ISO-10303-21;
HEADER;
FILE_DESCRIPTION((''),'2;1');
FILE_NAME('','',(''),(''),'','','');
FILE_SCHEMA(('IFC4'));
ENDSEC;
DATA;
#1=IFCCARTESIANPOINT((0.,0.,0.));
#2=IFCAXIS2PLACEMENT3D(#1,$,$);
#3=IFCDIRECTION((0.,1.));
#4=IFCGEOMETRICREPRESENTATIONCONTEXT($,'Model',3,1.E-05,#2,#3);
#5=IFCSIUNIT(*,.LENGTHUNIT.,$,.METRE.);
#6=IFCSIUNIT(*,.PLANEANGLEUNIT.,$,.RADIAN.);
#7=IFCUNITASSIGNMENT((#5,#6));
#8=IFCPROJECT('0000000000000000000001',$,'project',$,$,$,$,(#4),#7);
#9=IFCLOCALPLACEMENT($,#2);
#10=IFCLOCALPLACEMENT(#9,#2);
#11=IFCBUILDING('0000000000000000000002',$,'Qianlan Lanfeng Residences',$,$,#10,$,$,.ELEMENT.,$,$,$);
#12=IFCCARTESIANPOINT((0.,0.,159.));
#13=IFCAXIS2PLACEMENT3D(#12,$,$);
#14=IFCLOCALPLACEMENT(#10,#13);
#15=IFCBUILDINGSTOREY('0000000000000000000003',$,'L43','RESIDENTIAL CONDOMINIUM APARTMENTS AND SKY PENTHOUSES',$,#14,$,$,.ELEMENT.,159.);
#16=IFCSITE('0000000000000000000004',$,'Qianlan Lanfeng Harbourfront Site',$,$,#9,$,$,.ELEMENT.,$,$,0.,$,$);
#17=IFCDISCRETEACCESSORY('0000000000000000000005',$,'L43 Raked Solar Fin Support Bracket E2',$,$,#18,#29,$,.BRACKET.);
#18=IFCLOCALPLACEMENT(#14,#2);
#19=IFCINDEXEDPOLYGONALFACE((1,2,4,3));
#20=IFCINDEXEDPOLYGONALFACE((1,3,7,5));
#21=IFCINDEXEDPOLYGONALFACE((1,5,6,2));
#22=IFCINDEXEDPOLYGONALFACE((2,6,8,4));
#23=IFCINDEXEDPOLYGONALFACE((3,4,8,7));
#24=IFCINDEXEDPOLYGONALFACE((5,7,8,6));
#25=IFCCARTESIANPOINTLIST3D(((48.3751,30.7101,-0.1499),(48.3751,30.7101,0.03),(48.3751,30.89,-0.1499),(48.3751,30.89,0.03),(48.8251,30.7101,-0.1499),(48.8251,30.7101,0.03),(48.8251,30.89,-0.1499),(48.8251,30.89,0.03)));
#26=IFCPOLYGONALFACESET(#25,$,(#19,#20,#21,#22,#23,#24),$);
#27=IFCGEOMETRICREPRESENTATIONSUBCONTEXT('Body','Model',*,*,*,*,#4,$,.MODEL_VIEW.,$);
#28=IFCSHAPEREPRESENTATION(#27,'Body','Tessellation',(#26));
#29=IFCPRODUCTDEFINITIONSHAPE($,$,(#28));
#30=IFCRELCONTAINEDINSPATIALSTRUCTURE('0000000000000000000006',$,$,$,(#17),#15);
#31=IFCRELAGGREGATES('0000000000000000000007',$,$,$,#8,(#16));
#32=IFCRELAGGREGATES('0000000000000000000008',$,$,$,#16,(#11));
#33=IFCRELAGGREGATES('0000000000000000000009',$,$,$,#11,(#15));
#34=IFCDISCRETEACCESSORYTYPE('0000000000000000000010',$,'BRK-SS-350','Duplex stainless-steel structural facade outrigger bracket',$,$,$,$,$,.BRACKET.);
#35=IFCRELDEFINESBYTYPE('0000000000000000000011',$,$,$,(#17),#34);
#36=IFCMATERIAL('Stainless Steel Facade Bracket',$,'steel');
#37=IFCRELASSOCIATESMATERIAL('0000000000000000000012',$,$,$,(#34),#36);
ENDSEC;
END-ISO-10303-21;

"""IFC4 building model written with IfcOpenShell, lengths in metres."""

from ifc_helpers import new_model, si_unit, direction, frame, origin, origin_2d, place, context, subcontext, project, spatial, rectangle, extrude, source, transform, mapped, material, type_object, element, save


model = new_model("IFC4")

# Units and contexts
model_context = context("Model", 3, precision=1e-05, world=origin(), true_north=direction((0.0, 1.0)))
body_context = subcontext(model_context, "Body", "Model", "MODEL_VIEW")
ifc_project = project(units=[si_unit("LENGTHUNIT", "METRE"), si_unit("PLANEANGLEUNIT", "RADIAN")], contexts=[model_context])

# Site, building, storey
site_placement = place(None, origin())
site = spatial("IfcSite", under=ifc_project, at=site_placement, Name="Qianlan Lanfeng Harbourfront Site", CompositionType="ELEMENT", RefElevation=0.0)
building_placement = place(site_placement, origin())
building = spatial("IfcBuilding", under=site, at=building_placement, Name="Qianlan Lanfeng Residences", CompositionType="ELEMENT")
storey_placement = place(building_placement, frame((0.0, 0.0, 159.0)))
storey = spatial("IfcBuildingStorey", under=building, at=storey_placement, Name="L43", Description="RESIDENTIAL CONDOMINIUM APARTMENTS AND SKY PENTHOUSES", CompositionType="ELEMENT", Elevation=159.0)

# Discrete accessory
ifc_material_1 = material(Name="Stainless Steel Facade Bracket", Category="steel")
discrete_accessory_type = type_object("IfcDiscreteAccessoryType", Name="BRK-SS-350", Description="Duplex stainless-steel structural facade outrigger bracket", PredefinedType="BRACKET", material=ifc_material_1)
shared_shape_1 = source(origin(), body_context, "Body", "SweptSolid", [
    extrude(rectangle(XDim=0.45, YDim=0.1799, at=origin_2d()), origin(), (0.0, 0.0, 1.0), 0.1799),
])
discrete_accessory_placement = place(storey_placement, frame((48.6001, 30.8, -0.1499), z_axis=(0.0, 0.0, 1.0), x_axis=(1.0, 0.0, 0.0)))
element("IfcDiscreteAccessory", 1, at=discrete_accessory_placement, inside=storey, type_object=discrete_accessory_type, Name="L43 Raked Solar Fin Support Bracket E2", PredefinedType="BRACKET", context=body_context, shape_type="MappedRepresentation", body=[
    mapped(shared_shape_1, transform((0.0, 0.0, 0.0), scale=1.0)),
])

save(model, "model.ifc")
